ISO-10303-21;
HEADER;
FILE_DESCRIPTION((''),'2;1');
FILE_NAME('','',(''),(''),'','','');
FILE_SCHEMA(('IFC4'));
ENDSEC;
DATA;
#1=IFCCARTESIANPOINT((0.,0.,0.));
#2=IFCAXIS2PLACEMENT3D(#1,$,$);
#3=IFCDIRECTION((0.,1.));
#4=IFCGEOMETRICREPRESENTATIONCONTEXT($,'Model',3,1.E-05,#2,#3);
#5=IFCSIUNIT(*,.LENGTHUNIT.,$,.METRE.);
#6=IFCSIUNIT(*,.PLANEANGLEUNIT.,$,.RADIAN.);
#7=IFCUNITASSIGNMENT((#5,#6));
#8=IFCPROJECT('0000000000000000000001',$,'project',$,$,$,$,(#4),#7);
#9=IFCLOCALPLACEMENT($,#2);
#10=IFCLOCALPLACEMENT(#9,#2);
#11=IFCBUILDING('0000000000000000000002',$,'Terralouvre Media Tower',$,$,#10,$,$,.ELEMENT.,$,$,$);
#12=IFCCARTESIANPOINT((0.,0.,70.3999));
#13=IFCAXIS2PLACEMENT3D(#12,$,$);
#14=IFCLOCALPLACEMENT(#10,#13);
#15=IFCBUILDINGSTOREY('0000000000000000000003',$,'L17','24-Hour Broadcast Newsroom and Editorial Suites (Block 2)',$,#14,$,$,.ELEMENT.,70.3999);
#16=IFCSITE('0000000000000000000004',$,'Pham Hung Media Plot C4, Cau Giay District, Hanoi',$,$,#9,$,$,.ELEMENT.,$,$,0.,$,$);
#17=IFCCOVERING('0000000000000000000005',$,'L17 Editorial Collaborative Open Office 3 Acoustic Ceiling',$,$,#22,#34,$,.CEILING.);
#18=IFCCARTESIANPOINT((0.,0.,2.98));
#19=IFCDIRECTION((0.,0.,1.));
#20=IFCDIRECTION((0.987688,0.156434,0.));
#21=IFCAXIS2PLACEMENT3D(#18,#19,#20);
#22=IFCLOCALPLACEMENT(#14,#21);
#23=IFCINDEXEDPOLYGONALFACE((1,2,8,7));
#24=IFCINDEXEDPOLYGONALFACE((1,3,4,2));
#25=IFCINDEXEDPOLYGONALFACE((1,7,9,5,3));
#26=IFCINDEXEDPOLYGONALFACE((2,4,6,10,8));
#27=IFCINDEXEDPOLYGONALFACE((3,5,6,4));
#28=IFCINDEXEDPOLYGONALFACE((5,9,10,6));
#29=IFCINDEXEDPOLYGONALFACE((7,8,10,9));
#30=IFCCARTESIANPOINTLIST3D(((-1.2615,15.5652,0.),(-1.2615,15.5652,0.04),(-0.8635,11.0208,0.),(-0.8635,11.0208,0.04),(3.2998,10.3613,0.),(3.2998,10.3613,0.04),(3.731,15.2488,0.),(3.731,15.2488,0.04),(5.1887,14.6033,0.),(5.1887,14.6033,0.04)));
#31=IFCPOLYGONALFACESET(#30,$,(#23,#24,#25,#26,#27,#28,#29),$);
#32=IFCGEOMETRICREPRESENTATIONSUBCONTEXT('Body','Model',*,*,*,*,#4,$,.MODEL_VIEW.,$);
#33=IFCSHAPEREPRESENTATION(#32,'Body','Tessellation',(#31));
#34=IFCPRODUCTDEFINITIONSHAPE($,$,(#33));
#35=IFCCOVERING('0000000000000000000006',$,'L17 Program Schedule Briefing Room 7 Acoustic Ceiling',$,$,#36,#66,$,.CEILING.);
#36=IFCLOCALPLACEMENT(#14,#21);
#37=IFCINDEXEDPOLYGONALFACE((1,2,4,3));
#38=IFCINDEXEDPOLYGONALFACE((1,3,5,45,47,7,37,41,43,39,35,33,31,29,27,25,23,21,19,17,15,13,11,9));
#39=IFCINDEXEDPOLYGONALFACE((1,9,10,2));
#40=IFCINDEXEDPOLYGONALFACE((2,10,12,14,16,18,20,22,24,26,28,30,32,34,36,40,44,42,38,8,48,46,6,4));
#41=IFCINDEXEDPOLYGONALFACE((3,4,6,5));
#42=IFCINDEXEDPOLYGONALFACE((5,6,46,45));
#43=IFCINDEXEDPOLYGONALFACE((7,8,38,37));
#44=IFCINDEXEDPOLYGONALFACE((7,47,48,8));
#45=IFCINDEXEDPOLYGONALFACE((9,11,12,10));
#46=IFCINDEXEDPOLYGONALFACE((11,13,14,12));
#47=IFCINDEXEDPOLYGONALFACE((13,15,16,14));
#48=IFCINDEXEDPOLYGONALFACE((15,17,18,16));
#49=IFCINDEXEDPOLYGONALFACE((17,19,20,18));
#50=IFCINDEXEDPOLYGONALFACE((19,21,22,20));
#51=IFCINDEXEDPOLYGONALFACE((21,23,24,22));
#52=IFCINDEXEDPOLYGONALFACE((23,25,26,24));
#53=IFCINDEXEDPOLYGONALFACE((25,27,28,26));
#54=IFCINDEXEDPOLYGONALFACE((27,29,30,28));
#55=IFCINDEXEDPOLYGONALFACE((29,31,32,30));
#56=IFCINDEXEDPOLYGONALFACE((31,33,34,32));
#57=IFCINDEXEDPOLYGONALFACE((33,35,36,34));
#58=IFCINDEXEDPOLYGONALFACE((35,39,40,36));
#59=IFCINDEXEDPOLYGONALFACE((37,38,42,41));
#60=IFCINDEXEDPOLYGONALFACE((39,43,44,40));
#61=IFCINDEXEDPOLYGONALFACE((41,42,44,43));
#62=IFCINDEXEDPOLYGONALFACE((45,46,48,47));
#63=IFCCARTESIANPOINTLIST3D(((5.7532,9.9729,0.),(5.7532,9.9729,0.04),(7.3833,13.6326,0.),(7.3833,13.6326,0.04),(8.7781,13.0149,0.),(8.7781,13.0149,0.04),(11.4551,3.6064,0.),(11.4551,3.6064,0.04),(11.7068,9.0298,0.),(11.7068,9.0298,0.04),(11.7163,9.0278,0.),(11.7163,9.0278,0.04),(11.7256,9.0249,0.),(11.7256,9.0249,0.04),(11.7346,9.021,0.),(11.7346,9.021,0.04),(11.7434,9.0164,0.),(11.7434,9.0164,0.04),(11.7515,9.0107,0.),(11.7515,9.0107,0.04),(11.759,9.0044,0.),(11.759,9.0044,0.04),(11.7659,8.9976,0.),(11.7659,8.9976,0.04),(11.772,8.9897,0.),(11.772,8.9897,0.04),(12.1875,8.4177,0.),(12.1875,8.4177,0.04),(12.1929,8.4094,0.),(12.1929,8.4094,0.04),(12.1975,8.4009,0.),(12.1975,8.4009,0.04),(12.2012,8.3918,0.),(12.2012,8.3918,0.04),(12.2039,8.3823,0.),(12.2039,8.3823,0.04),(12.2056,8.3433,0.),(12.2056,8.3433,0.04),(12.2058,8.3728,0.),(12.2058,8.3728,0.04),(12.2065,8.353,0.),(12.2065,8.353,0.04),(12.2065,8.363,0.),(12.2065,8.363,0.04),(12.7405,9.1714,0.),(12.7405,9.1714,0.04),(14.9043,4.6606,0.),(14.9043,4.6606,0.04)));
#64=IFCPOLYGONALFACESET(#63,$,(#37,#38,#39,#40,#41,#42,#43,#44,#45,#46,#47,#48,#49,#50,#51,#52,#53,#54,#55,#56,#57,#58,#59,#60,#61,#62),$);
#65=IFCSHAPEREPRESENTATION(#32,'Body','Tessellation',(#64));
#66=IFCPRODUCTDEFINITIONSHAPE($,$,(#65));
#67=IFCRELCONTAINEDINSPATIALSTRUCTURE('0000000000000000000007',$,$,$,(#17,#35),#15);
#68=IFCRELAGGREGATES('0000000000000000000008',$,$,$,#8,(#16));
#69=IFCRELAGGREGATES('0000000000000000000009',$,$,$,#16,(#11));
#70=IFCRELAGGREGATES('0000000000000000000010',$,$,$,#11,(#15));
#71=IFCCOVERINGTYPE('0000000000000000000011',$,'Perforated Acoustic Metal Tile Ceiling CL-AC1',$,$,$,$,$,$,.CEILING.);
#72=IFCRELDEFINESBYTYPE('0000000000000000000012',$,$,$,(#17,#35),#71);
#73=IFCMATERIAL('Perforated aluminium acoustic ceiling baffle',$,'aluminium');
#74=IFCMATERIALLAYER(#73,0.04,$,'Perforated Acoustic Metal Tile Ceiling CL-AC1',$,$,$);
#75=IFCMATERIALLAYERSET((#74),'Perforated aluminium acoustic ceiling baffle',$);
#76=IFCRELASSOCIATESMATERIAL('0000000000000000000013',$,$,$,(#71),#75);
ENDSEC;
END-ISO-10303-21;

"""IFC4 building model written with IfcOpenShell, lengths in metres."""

from ifc_helpers import new_model, si_unit, direction, frame, origin, place, context, subcontext, project, spatial, polyline, outline, extrude, material, layer, layer_set, type_object, element, save


model = new_model("IFC4")

# Units and contexts
model_context = context("Model", 3, precision=1e-05, world=origin(), true_north=direction((0.0, 1.0)))
body_context = subcontext(model_context, "Body", "Model", "MODEL_VIEW")
ifc_project = project(units=[si_unit("LENGTHUNIT", "METRE"), si_unit("PLANEANGLEUNIT", "RADIAN")], contexts=[model_context])

# Site, building, storey
site_placement = place(None, origin())
site = spatial("IfcSite", under=ifc_project, at=site_placement, Name="Pham Hung Media Plot C4, Cau Giay District, Hanoi", CompositionType="ELEMENT", RefElevation=0.0)
building_placement = place(site_placement, origin())
building = spatial("IfcBuilding", under=site, at=building_placement, Name="Terralouvre Media Tower", CompositionType="ELEMENT")
storey_placement = place(building_placement, frame((0.0, 0.0, 70.3999)))
storey = spatial("IfcBuildingStorey", under=building, at=storey_placement, Name="L17", Description="24-Hour Broadcast Newsroom and Editorial Suites (Block 2)", CompositionType="ELEMENT", Elevation=70.3999)

# Coverings
ifc_material_1 = material(Name="Perforated aluminium acoustic ceiling baffle", Category="aluminium")
ifc_layer_1 = layer(ifc_material_1, 0.04, Name="Perforated Acoustic Metal Tile Ceiling CL-AC1")
ifc_layer_set_1 = layer_set([ifc_layer_1], Name="Perforated aluminium acoustic ceiling baffle")
covering_type = type_object("IfcCoveringType", Name="Perforated Acoustic Metal Tile Ceiling CL-AC1", PredefinedType="CEILING", material=ifc_layer_set_1)
covering_1_placement = place(storey_placement, frame((0.0, 0.0, 2.98), z_axis=(0.0, 0.0, 1.0), x_axis=(0.987688, 0.156434, 0.0)))
element("IfcCovering", 1, at=covering_1_placement, inside=storey, type_object=covering_type, Name="L17 Editorial Collaborative Open Office 3 Acoustic Ceiling", PredefinedType="CEILING", context=body_context, shape_type="SweptSolid", body=[
    extrude(outline(polyline([(-1.2615, 15.5652), (-0.8635, 11.0208), (3.2998, 10.3613), (5.1887, 14.6033), (3.731, 15.2488), (-1.2615, 15.5652)])), origin(), (0.0, 0.0, 1.0), 0.04),
])
covering_2_placement = place(storey_placement, frame((0.0, 0.0, 2.98), z_axis=(0.0, 0.0, 1.0), x_axis=(0.987688, 0.156434, 0.0)))
element("IfcCovering", 2, at=covering_2_placement, inside=storey, type_object=covering_type, Name="L17 Program Schedule Briefing Room 7 Acoustic Ceiling", PredefinedType="CEILING", context=body_context, shape_type="SweptSolid", body=[
    extrude(outline(polyline([(12.7405, 9.1714), (8.7781, 13.0149), (7.3833, 13.6326), (5.7532, 9.9729), (11.7068, 9.0298), (11.7163, 9.0278), (11.7256, 9.0249), (11.7346, 9.021), (11.7434, 9.0164), (11.7515, 9.0107), (11.759, 9.0044), (11.7659, 8.9976), (11.772, 8.9897), (12.1875, 8.4177), (12.1929, 8.4094), (12.1975, 8.4009), (12.2012, 8.3918), (12.2039, 8.3823), (12.2058, 8.3728), (12.2065, 8.363), (12.2065, 8.353), (12.2056, 8.3433), (11.4551, 3.6064), (14.9043, 4.6606), (12.7405, 9.1714)])), origin(), (0.0, 0.0, 1.0), 0.04),
])

save(model, "model.ifc")
